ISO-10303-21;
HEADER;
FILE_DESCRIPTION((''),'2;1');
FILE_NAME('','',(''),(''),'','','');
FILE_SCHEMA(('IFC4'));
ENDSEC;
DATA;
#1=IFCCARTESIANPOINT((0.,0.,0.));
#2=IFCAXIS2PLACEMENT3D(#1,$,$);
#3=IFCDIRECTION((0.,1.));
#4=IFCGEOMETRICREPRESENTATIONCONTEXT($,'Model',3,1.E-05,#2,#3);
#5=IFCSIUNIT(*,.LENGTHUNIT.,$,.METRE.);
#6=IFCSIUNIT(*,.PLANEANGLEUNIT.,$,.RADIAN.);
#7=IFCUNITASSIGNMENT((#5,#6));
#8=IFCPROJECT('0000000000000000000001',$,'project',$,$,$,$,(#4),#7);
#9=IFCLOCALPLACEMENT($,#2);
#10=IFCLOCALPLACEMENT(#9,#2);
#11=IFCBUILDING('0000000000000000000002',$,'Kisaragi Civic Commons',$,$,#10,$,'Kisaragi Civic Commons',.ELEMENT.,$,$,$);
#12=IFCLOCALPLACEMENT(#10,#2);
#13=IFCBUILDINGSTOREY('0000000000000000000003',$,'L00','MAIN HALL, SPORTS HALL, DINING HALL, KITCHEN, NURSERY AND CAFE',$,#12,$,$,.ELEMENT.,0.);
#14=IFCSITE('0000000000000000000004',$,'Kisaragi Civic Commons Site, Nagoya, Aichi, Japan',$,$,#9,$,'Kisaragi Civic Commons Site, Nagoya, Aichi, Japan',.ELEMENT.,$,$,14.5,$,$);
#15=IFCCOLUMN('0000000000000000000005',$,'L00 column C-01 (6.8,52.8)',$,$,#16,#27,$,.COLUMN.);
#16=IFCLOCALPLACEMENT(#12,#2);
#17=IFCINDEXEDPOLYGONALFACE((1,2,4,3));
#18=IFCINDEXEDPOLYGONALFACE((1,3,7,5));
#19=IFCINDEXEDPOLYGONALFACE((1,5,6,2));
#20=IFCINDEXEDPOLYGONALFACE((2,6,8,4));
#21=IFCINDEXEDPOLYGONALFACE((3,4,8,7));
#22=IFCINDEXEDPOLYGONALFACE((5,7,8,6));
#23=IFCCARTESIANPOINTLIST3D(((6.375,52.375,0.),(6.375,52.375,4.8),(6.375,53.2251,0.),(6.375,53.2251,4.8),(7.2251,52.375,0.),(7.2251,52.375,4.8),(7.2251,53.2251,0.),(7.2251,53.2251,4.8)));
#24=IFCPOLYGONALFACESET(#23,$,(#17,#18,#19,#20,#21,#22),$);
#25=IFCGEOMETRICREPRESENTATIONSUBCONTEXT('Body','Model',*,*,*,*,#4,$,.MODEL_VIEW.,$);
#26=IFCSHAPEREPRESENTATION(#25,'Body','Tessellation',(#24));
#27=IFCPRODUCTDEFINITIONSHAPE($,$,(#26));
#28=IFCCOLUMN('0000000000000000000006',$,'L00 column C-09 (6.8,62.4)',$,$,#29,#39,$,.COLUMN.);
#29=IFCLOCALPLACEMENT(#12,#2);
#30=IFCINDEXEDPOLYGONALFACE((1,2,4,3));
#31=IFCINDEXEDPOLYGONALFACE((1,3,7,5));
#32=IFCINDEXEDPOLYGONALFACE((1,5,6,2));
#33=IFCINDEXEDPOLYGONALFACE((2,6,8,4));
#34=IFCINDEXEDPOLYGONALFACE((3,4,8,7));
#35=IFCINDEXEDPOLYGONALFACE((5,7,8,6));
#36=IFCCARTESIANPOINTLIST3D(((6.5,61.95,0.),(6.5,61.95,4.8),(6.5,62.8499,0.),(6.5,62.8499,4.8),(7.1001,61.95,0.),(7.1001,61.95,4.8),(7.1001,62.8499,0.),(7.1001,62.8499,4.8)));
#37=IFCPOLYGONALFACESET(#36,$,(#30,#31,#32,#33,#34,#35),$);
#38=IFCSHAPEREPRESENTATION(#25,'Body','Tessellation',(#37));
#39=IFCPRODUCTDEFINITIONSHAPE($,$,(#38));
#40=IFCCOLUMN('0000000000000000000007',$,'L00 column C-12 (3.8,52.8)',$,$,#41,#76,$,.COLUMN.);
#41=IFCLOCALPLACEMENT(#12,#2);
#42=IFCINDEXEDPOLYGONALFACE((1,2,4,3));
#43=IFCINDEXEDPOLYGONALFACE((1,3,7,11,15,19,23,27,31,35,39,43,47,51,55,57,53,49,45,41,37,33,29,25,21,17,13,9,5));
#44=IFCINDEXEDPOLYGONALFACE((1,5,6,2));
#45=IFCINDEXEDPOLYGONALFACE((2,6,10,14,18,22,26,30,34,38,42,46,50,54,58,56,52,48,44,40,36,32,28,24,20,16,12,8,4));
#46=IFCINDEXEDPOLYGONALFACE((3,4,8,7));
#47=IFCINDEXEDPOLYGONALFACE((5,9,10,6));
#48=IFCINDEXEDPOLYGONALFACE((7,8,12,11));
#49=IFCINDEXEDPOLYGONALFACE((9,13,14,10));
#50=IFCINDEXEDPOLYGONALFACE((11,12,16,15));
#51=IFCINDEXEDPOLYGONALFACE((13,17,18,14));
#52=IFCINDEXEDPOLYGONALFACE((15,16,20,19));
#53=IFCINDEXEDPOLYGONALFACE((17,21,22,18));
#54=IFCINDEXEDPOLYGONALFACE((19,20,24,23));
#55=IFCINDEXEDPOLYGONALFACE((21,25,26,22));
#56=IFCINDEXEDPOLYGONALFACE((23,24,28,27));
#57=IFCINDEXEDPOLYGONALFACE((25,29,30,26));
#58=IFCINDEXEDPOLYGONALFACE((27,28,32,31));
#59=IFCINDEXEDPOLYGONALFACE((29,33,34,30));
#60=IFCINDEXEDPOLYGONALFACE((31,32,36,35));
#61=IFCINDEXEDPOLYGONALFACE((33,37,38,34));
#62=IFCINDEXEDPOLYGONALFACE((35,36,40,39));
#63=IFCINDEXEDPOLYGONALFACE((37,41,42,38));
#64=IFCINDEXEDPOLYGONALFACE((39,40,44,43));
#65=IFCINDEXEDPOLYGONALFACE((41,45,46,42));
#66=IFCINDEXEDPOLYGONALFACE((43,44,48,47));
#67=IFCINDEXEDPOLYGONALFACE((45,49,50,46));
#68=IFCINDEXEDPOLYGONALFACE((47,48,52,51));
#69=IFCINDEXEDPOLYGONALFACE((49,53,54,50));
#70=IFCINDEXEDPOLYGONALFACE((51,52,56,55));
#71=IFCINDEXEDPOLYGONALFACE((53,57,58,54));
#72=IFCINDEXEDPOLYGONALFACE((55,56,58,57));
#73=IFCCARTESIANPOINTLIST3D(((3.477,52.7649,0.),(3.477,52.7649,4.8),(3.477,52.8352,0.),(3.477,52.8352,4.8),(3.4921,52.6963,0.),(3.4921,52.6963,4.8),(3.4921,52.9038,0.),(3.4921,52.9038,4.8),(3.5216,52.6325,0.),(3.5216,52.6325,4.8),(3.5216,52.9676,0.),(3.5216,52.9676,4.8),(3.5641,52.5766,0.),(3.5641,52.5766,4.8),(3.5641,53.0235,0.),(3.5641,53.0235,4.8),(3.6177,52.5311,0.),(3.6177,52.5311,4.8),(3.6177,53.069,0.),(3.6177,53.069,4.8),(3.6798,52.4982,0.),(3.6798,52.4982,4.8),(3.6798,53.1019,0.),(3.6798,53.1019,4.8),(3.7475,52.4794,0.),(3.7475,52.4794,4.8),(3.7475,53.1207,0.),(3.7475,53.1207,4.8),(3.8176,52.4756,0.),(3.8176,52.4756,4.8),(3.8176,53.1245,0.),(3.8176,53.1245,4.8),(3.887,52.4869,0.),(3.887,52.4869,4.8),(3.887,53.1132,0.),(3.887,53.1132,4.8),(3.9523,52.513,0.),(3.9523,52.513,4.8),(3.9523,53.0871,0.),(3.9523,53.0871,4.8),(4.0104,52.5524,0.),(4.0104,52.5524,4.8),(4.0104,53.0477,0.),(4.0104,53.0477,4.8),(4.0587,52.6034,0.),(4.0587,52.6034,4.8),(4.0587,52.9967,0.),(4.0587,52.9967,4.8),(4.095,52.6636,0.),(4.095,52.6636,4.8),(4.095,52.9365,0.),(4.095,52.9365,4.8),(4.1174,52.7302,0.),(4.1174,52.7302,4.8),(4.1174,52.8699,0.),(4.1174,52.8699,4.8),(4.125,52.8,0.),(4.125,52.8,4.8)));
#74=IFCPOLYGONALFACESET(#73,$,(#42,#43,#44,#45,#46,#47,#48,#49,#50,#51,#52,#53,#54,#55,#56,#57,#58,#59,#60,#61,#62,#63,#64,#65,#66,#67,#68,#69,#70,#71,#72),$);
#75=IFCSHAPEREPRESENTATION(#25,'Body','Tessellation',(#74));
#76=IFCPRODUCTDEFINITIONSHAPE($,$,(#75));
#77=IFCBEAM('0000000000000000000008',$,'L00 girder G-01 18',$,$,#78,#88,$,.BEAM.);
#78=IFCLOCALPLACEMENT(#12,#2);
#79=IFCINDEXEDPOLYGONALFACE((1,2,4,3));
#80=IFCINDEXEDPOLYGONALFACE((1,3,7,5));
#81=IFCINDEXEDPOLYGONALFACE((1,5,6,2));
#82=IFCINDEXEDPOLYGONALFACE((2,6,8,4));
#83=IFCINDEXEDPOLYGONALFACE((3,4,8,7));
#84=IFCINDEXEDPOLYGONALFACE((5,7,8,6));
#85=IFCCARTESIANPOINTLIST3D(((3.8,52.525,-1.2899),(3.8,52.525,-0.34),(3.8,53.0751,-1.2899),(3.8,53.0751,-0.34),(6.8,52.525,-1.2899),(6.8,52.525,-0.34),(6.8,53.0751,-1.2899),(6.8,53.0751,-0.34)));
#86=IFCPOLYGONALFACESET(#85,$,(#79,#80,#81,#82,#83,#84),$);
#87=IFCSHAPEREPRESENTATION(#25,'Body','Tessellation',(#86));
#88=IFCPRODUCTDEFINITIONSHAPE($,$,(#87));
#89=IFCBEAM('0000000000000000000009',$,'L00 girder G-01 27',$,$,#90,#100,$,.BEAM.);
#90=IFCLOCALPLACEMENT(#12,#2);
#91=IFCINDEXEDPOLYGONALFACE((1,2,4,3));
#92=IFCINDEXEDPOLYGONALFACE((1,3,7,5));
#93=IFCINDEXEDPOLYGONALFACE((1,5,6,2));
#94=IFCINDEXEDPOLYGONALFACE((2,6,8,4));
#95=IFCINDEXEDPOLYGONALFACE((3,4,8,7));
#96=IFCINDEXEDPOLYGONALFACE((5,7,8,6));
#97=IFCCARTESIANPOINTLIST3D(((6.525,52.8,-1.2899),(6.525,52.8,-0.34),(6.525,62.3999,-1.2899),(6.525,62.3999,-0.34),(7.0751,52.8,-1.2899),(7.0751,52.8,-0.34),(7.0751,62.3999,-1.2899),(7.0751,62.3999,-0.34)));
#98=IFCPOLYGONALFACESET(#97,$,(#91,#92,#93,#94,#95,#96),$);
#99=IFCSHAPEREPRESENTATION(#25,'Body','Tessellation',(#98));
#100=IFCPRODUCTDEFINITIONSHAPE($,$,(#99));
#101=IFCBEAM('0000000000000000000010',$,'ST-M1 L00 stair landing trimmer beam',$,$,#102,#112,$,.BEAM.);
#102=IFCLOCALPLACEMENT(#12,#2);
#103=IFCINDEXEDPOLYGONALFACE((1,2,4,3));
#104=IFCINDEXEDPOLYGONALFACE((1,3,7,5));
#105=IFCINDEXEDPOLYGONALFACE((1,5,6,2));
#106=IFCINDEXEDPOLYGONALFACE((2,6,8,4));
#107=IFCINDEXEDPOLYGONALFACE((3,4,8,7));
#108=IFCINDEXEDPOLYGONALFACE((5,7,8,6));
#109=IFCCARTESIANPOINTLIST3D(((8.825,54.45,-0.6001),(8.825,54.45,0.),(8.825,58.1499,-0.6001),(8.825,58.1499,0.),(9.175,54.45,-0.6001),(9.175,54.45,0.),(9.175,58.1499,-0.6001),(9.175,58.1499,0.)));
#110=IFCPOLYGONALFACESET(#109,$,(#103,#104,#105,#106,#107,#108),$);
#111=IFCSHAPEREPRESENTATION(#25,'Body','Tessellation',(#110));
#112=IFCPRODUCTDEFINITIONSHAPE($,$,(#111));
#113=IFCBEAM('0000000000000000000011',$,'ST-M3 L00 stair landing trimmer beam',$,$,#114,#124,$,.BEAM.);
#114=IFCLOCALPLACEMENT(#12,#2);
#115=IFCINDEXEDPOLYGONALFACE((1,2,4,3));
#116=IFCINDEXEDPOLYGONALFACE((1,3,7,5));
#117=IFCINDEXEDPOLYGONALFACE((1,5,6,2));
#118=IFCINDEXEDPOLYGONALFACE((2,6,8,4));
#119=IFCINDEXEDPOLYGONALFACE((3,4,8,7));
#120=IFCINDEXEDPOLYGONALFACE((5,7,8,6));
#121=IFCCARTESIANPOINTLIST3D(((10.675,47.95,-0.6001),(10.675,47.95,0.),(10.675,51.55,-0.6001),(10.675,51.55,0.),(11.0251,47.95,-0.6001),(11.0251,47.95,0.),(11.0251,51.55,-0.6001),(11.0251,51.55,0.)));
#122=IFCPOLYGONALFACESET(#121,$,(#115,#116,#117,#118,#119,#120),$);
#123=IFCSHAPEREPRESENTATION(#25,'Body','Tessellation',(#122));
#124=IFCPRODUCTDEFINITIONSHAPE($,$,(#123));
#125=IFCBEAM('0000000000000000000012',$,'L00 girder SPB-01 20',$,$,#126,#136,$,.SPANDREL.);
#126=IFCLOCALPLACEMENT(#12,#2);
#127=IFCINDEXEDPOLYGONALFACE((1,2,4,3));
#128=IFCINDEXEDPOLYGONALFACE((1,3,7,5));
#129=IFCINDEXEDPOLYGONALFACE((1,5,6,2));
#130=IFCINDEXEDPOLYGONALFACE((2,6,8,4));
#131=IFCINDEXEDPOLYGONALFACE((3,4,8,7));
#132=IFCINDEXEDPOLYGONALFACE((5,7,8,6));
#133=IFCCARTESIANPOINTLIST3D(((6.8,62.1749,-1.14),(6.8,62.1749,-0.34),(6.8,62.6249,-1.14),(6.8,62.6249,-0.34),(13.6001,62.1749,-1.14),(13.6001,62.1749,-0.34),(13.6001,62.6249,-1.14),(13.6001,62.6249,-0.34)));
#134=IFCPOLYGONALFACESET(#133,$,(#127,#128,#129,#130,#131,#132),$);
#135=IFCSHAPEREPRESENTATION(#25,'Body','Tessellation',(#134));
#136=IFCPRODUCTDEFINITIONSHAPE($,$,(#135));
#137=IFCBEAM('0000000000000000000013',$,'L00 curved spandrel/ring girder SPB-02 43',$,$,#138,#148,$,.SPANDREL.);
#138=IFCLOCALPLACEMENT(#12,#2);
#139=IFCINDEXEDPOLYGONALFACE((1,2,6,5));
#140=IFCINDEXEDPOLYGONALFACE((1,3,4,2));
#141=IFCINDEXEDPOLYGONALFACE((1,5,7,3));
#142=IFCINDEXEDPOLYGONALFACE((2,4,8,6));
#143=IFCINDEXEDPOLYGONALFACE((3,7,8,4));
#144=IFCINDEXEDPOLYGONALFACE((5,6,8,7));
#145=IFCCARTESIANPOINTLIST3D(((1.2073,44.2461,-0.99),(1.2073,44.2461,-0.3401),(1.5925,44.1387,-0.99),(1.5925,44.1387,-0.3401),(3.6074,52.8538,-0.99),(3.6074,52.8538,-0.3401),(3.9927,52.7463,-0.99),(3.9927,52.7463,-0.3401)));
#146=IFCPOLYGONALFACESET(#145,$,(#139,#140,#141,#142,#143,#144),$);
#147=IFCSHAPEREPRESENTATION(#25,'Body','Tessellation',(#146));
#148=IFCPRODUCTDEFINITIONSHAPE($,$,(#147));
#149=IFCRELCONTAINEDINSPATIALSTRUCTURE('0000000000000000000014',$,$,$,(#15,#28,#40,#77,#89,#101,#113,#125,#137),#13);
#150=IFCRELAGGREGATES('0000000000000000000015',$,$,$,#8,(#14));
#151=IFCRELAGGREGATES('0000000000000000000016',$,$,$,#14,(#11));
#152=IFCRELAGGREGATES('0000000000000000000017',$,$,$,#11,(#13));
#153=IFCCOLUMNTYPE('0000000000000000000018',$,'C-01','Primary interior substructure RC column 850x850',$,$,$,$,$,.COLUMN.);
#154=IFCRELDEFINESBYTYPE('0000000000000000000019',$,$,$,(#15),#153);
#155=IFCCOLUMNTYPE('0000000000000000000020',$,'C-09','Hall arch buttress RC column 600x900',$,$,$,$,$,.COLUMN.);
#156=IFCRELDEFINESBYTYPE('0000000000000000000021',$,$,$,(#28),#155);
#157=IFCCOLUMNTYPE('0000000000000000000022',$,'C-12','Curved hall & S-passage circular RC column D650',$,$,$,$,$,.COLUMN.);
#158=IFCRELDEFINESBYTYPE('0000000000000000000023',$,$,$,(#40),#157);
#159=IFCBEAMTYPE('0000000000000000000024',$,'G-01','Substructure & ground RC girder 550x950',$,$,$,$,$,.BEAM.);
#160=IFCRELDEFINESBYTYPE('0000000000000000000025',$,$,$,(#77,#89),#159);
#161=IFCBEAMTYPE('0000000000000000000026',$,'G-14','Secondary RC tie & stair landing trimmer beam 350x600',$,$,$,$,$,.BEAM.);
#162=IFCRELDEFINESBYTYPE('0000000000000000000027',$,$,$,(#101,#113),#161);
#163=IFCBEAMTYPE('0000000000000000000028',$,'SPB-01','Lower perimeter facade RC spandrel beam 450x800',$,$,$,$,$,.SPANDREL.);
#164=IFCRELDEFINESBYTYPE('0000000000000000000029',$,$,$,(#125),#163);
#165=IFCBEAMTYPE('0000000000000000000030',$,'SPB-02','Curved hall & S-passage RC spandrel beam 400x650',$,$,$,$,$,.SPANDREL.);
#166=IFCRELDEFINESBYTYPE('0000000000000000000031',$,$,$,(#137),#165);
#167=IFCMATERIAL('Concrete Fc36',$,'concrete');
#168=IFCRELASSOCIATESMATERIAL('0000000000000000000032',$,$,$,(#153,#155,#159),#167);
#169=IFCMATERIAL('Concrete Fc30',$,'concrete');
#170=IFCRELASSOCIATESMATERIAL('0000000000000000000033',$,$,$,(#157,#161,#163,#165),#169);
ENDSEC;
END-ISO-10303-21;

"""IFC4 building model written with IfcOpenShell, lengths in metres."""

from ifc_helpers import new_model, si_unit, direction, frame, origin, origin_2d, place, context, subcontext, project, spatial, rectangle, circle, extrude, material, material_profile, profile_set, type_object, element, save


model = new_model("IFC4")

# Units and contexts
model_context = context("Model", 3, precision=1e-05, world=origin(), true_north=direction((0.0, 1.0)))
body_context = subcontext(model_context, "Body", "Model", "MODEL_VIEW")
ifc_project = project(units=[si_unit("LENGTHUNIT", "METRE"), si_unit("PLANEANGLEUNIT", "RADIAN")], contexts=[model_context])

# Site, building, storey
site_placement = place(None, origin())
site = spatial("IfcSite", under=ifc_project, at=site_placement, Name="Kisaragi Civic Commons Site, Nagoya, Aichi, Japan", LongName="Kisaragi Civic Commons Site, Nagoya, Aichi, Japan", CompositionType="ELEMENT", RefElevation=14.5)
building_placement = place(site_placement, origin())
building = spatial("IfcBuilding", under=site, at=building_placement, Name="Kisaragi Civic Commons", LongName="Kisaragi Civic Commons", CompositionType="ELEMENT")
storey_placement = place(building_placement, origin())
storey = spatial("IfcBuildingStorey", under=building, at=storey_placement, Name="L00", Description="MAIN HALL, SPORTS HALL, DINING HALL, KITCHEN, NURSERY AND CAFE", CompositionType="ELEMENT", Elevation=0.0)

# Columns
ifc_material_1 = material(Name="Concrete Fc36", Category="concrete")
ifc_material_profile_1 = material_profile(ifc_material_1, rectangle(XDim=0.8501, YDim=0.8501, at=origin_2d()), Name="RC-850x850", Category="concrete")
ifc_profile_set_1 = profile_set([ifc_material_profile_1], Name="Concrete Fc36")
column_type_1 = type_object("IfcColumnType", Name="C-01", Description="Primary interior substructure RC column 850x850", PredefinedType="COLUMN", material=ifc_profile_set_1)
column_1_placement = place(storey_placement, frame((6.8, 52.8, 0.0), z_axis=(0.0, 0.0, 1.0), x_axis=(1.0, 0.0, 0.0)))
element("IfcColumn", 1, at=column_1_placement, inside=storey, type_object=column_type_1, Name="L00 column C-01 (6.8,52.8)", PredefinedType="COLUMN", context=body_context, shape_type="SweptSolid", body=[
    extrude(rectangle(XDim=0.8501, YDim=0.8501, at=origin_2d()), origin(), (0.0, 0.0, 1.0), 4.8),
])
ifc_material_profile_2 = material_profile(ifc_material_1, rectangle(XDim=0.6001, YDim=0.8999, at=origin_2d()), Name="RC-600x900", Category="concrete")
ifc_profile_set_2 = profile_set([ifc_material_profile_2], Name="Concrete Fc36")
column_type_2 = type_object("IfcColumnType", Name="C-09", Description="Hall arch buttress RC column 600x900", PredefinedType="COLUMN", material=ifc_profile_set_2)
column_2_placement = place(storey_placement, frame((6.8, 62.3999, 0.0), z_axis=(0.0, 0.0, 1.0), x_axis=(1.0, 0.0, 0.0)))
element("IfcColumn", 2, at=column_2_placement, inside=storey, type_object=column_type_2, Name="L00 column C-09 (6.8,62.4)", PredefinedType="COLUMN", context=body_context, shape_type="SweptSolid", body=[
    extrude(rectangle(XDim=0.6001, YDim=0.8999, at=origin_2d()), origin(), (0.0, 0.0, 1.0), 4.8),
])
ifc_material_2 = material(Name="Concrete Fc30", Category="concrete")
ifc_material_profile_3 = material_profile(ifc_material_2, circle(Radius=0.325, at=origin_2d()), Name="RC-D650", Category="concrete")
ifc_profile_set_3 = profile_set([ifc_material_profile_3], Name="Concrete Fc30")
column_type_3 = type_object("IfcColumnType", Name="C-12", Description="Curved hall & S-passage circular RC column D650", PredefinedType="COLUMN", material=ifc_profile_set_3)
column_3_placement = place(storey_placement, frame((3.8, 52.8, 0.0), z_axis=(0.0, 0.0, 1.0), x_axis=(1.0, 0.0, 0.0)))
element("IfcColumn", 3, at=column_3_placement, inside=storey, type_object=column_type_3, Name="L00 column C-12 (3.8,52.8)", PredefinedType="COLUMN", context=body_context, shape_type="SweptSolid", body=[
    extrude(circle(Radius=0.325, at=origin_2d()), origin(), (0.0, 0.0, 1.0), 4.8),
])

# Beams
ifc_material_profile_4 = material_profile(ifc_material_1, rectangle(XDim=0.55, YDim=0.95, at=origin_2d()), Name="RC-550x950", Category="concrete")
ifc_profile_set_4 = profile_set([ifc_material_profile_4], Name="Concrete Fc36")
beam_type_1 = type_object("IfcBeamType", Name="G-01", Description="Substructure & ground RC girder 550x950", PredefinedType="BEAM", material=ifc_profile_set_4)
beam_1_placement = place(storey_placement, frame((3.8, 52.8, -0.8149), z_axis=(1.0, 0.0, 0.0), x_axis=(0.0, 1.0, 0.0)))
element("IfcBeam", 4, at=beam_1_placement, inside=storey, type_object=beam_type_1, Name="L00 girder G-01 18", PredefinedType="BEAM", context=body_context, shape_type="SweptSolid", body=[
    extrude(rectangle(XDim=0.55, YDim=0.95, at=origin_2d()), origin(), (0.0, 0.0, 1.0), 3.0),
])
beam_2_placement = place(storey_placement, frame((6.8, 52.8, -0.8149), z_axis=(0.0, 1.0, 0.0), x_axis=(-1.0, 0.0, 0.0)))
element("IfcBeam", 5, at=beam_2_placement, inside=storey, type_object=beam_type_1, Name="L00 girder G-01 27", PredefinedType="BEAM", context=body_context, shape_type="SweptSolid", body=[
    extrude(rectangle(XDim=0.55, YDim=0.95, at=origin_2d()), origin(), (0.0, 0.0, 1.0), 9.5999),
])
ifc_material_profile_5 = material_profile(ifc_material_2, rectangle(XDim=0.3501, YDim=0.6001, at=origin_2d()), Name="RC-350x600", Category="concrete")
ifc_profile_set_5 = profile_set([ifc_material_profile_5], Name="Concrete Fc30")
beam_type_2 = type_object("IfcBeamType", Name="G-14", Description="Secondary RC tie & stair landing trimmer beam 350x600", PredefinedType="BEAM", material=ifc_profile_set_5)
beam_3_placement = place(storey_placement, frame((9.0, 54.45, -0.3), z_axis=(0.0, 1.0, 0.0), x_axis=(-1.0, 0.0, 0.0)))
element("IfcBeam", 6, at=beam_3_placement, inside=storey, type_object=beam_type_2, Name="ST-M1 L00 stair landing trimmer beam", PredefinedType="BEAM", context=body_context, shape_type="SweptSolid", body=[
    extrude(rectangle(XDim=0.3501, YDim=0.6001, at=origin_2d()), origin(), (0.0, 0.0, 1.0), 3.7),
])
beam_4_placement = place(storey_placement, frame((10.8501, 51.55, -0.3), z_axis=(0.0, -1.0, 0.0), x_axis=(1.0, 0.0, 0.0)))
element("IfcBeam", 7, at=beam_4_placement, inside=storey, type_object=beam_type_2, Name="ST-M3 L00 stair landing trimmer beam", PredefinedType="BEAM", context=body_context, shape_type="SweptSolid", body=[
    extrude(rectangle(XDim=0.3501, YDim=0.6001, at=origin_2d()), origin(), (0.0, 0.0, 1.0), 3.6001),
])
ifc_material_profile_6 = material_profile(ifc_material_2, rectangle(XDim=0.45, YDim=0.8, at=origin_2d()), Name="RC-450x800", Category="concrete")
ifc_profile_set_6 = profile_set([ifc_material_profile_6], Name="Concrete Fc30")
beam_type_3 = type_object("IfcBeamType", Name="SPB-01", Description="Lower perimeter facade RC spandrel beam 450x800", PredefinedType="SPANDREL", material=ifc_profile_set_6)
beam_5_placement = place(storey_placement, frame((6.8, 62.3999, -0.74), z_axis=(1.0, 0.0, 0.0), x_axis=(0.0, 1.0, 0.0)))
element("IfcBeam", 8, at=beam_5_placement, inside=storey, type_object=beam_type_3, Name="L00 girder SPB-01 20", PredefinedType="SPANDREL", context=body_context, shape_type="SweptSolid", body=[
    extrude(rectangle(XDim=0.45, YDim=0.8, at=origin_2d()), origin(), (0.0, 0.0, 1.0), 6.8),
])
ifc_material_profile_7 = material_profile(ifc_material_2, rectangle(XDim=0.3999, YDim=0.6499, at=origin_2d()), Name="RC-400x650", Category="concrete")
ifc_profile_set_7 = profile_set([ifc_material_profile_7], Name="Concrete Fc30")
beam_type_4 = type_object("IfcBeamType", Name="SPB-02", Description="Curved hall & S-passage RC spandrel beam 400x650", PredefinedType="SPANDREL", material=ifc_profile_set_7)
beam_6_placement = place(storey_placement, frame((3.8, 52.8, -0.665), z_axis=(-0.268592, -0.963254, 0.0), x_axis=(0.963254, -0.268592, 0.0)))
element("IfcBeam", 9, at=beam_6_placement, inside=storey, type_object=beam_type_4, Name="L00 curved spandrel/ring girder SPB-02 43", PredefinedType="SPANDREL", context=body_context, shape_type="SweptSolid", body=[
    extrude(rectangle(XDim=0.3999, YDim=0.6499, at=origin_2d()), origin(), (0.0, 0.0, 1.0), 8.936),
])

save(model, "model.ifc")
